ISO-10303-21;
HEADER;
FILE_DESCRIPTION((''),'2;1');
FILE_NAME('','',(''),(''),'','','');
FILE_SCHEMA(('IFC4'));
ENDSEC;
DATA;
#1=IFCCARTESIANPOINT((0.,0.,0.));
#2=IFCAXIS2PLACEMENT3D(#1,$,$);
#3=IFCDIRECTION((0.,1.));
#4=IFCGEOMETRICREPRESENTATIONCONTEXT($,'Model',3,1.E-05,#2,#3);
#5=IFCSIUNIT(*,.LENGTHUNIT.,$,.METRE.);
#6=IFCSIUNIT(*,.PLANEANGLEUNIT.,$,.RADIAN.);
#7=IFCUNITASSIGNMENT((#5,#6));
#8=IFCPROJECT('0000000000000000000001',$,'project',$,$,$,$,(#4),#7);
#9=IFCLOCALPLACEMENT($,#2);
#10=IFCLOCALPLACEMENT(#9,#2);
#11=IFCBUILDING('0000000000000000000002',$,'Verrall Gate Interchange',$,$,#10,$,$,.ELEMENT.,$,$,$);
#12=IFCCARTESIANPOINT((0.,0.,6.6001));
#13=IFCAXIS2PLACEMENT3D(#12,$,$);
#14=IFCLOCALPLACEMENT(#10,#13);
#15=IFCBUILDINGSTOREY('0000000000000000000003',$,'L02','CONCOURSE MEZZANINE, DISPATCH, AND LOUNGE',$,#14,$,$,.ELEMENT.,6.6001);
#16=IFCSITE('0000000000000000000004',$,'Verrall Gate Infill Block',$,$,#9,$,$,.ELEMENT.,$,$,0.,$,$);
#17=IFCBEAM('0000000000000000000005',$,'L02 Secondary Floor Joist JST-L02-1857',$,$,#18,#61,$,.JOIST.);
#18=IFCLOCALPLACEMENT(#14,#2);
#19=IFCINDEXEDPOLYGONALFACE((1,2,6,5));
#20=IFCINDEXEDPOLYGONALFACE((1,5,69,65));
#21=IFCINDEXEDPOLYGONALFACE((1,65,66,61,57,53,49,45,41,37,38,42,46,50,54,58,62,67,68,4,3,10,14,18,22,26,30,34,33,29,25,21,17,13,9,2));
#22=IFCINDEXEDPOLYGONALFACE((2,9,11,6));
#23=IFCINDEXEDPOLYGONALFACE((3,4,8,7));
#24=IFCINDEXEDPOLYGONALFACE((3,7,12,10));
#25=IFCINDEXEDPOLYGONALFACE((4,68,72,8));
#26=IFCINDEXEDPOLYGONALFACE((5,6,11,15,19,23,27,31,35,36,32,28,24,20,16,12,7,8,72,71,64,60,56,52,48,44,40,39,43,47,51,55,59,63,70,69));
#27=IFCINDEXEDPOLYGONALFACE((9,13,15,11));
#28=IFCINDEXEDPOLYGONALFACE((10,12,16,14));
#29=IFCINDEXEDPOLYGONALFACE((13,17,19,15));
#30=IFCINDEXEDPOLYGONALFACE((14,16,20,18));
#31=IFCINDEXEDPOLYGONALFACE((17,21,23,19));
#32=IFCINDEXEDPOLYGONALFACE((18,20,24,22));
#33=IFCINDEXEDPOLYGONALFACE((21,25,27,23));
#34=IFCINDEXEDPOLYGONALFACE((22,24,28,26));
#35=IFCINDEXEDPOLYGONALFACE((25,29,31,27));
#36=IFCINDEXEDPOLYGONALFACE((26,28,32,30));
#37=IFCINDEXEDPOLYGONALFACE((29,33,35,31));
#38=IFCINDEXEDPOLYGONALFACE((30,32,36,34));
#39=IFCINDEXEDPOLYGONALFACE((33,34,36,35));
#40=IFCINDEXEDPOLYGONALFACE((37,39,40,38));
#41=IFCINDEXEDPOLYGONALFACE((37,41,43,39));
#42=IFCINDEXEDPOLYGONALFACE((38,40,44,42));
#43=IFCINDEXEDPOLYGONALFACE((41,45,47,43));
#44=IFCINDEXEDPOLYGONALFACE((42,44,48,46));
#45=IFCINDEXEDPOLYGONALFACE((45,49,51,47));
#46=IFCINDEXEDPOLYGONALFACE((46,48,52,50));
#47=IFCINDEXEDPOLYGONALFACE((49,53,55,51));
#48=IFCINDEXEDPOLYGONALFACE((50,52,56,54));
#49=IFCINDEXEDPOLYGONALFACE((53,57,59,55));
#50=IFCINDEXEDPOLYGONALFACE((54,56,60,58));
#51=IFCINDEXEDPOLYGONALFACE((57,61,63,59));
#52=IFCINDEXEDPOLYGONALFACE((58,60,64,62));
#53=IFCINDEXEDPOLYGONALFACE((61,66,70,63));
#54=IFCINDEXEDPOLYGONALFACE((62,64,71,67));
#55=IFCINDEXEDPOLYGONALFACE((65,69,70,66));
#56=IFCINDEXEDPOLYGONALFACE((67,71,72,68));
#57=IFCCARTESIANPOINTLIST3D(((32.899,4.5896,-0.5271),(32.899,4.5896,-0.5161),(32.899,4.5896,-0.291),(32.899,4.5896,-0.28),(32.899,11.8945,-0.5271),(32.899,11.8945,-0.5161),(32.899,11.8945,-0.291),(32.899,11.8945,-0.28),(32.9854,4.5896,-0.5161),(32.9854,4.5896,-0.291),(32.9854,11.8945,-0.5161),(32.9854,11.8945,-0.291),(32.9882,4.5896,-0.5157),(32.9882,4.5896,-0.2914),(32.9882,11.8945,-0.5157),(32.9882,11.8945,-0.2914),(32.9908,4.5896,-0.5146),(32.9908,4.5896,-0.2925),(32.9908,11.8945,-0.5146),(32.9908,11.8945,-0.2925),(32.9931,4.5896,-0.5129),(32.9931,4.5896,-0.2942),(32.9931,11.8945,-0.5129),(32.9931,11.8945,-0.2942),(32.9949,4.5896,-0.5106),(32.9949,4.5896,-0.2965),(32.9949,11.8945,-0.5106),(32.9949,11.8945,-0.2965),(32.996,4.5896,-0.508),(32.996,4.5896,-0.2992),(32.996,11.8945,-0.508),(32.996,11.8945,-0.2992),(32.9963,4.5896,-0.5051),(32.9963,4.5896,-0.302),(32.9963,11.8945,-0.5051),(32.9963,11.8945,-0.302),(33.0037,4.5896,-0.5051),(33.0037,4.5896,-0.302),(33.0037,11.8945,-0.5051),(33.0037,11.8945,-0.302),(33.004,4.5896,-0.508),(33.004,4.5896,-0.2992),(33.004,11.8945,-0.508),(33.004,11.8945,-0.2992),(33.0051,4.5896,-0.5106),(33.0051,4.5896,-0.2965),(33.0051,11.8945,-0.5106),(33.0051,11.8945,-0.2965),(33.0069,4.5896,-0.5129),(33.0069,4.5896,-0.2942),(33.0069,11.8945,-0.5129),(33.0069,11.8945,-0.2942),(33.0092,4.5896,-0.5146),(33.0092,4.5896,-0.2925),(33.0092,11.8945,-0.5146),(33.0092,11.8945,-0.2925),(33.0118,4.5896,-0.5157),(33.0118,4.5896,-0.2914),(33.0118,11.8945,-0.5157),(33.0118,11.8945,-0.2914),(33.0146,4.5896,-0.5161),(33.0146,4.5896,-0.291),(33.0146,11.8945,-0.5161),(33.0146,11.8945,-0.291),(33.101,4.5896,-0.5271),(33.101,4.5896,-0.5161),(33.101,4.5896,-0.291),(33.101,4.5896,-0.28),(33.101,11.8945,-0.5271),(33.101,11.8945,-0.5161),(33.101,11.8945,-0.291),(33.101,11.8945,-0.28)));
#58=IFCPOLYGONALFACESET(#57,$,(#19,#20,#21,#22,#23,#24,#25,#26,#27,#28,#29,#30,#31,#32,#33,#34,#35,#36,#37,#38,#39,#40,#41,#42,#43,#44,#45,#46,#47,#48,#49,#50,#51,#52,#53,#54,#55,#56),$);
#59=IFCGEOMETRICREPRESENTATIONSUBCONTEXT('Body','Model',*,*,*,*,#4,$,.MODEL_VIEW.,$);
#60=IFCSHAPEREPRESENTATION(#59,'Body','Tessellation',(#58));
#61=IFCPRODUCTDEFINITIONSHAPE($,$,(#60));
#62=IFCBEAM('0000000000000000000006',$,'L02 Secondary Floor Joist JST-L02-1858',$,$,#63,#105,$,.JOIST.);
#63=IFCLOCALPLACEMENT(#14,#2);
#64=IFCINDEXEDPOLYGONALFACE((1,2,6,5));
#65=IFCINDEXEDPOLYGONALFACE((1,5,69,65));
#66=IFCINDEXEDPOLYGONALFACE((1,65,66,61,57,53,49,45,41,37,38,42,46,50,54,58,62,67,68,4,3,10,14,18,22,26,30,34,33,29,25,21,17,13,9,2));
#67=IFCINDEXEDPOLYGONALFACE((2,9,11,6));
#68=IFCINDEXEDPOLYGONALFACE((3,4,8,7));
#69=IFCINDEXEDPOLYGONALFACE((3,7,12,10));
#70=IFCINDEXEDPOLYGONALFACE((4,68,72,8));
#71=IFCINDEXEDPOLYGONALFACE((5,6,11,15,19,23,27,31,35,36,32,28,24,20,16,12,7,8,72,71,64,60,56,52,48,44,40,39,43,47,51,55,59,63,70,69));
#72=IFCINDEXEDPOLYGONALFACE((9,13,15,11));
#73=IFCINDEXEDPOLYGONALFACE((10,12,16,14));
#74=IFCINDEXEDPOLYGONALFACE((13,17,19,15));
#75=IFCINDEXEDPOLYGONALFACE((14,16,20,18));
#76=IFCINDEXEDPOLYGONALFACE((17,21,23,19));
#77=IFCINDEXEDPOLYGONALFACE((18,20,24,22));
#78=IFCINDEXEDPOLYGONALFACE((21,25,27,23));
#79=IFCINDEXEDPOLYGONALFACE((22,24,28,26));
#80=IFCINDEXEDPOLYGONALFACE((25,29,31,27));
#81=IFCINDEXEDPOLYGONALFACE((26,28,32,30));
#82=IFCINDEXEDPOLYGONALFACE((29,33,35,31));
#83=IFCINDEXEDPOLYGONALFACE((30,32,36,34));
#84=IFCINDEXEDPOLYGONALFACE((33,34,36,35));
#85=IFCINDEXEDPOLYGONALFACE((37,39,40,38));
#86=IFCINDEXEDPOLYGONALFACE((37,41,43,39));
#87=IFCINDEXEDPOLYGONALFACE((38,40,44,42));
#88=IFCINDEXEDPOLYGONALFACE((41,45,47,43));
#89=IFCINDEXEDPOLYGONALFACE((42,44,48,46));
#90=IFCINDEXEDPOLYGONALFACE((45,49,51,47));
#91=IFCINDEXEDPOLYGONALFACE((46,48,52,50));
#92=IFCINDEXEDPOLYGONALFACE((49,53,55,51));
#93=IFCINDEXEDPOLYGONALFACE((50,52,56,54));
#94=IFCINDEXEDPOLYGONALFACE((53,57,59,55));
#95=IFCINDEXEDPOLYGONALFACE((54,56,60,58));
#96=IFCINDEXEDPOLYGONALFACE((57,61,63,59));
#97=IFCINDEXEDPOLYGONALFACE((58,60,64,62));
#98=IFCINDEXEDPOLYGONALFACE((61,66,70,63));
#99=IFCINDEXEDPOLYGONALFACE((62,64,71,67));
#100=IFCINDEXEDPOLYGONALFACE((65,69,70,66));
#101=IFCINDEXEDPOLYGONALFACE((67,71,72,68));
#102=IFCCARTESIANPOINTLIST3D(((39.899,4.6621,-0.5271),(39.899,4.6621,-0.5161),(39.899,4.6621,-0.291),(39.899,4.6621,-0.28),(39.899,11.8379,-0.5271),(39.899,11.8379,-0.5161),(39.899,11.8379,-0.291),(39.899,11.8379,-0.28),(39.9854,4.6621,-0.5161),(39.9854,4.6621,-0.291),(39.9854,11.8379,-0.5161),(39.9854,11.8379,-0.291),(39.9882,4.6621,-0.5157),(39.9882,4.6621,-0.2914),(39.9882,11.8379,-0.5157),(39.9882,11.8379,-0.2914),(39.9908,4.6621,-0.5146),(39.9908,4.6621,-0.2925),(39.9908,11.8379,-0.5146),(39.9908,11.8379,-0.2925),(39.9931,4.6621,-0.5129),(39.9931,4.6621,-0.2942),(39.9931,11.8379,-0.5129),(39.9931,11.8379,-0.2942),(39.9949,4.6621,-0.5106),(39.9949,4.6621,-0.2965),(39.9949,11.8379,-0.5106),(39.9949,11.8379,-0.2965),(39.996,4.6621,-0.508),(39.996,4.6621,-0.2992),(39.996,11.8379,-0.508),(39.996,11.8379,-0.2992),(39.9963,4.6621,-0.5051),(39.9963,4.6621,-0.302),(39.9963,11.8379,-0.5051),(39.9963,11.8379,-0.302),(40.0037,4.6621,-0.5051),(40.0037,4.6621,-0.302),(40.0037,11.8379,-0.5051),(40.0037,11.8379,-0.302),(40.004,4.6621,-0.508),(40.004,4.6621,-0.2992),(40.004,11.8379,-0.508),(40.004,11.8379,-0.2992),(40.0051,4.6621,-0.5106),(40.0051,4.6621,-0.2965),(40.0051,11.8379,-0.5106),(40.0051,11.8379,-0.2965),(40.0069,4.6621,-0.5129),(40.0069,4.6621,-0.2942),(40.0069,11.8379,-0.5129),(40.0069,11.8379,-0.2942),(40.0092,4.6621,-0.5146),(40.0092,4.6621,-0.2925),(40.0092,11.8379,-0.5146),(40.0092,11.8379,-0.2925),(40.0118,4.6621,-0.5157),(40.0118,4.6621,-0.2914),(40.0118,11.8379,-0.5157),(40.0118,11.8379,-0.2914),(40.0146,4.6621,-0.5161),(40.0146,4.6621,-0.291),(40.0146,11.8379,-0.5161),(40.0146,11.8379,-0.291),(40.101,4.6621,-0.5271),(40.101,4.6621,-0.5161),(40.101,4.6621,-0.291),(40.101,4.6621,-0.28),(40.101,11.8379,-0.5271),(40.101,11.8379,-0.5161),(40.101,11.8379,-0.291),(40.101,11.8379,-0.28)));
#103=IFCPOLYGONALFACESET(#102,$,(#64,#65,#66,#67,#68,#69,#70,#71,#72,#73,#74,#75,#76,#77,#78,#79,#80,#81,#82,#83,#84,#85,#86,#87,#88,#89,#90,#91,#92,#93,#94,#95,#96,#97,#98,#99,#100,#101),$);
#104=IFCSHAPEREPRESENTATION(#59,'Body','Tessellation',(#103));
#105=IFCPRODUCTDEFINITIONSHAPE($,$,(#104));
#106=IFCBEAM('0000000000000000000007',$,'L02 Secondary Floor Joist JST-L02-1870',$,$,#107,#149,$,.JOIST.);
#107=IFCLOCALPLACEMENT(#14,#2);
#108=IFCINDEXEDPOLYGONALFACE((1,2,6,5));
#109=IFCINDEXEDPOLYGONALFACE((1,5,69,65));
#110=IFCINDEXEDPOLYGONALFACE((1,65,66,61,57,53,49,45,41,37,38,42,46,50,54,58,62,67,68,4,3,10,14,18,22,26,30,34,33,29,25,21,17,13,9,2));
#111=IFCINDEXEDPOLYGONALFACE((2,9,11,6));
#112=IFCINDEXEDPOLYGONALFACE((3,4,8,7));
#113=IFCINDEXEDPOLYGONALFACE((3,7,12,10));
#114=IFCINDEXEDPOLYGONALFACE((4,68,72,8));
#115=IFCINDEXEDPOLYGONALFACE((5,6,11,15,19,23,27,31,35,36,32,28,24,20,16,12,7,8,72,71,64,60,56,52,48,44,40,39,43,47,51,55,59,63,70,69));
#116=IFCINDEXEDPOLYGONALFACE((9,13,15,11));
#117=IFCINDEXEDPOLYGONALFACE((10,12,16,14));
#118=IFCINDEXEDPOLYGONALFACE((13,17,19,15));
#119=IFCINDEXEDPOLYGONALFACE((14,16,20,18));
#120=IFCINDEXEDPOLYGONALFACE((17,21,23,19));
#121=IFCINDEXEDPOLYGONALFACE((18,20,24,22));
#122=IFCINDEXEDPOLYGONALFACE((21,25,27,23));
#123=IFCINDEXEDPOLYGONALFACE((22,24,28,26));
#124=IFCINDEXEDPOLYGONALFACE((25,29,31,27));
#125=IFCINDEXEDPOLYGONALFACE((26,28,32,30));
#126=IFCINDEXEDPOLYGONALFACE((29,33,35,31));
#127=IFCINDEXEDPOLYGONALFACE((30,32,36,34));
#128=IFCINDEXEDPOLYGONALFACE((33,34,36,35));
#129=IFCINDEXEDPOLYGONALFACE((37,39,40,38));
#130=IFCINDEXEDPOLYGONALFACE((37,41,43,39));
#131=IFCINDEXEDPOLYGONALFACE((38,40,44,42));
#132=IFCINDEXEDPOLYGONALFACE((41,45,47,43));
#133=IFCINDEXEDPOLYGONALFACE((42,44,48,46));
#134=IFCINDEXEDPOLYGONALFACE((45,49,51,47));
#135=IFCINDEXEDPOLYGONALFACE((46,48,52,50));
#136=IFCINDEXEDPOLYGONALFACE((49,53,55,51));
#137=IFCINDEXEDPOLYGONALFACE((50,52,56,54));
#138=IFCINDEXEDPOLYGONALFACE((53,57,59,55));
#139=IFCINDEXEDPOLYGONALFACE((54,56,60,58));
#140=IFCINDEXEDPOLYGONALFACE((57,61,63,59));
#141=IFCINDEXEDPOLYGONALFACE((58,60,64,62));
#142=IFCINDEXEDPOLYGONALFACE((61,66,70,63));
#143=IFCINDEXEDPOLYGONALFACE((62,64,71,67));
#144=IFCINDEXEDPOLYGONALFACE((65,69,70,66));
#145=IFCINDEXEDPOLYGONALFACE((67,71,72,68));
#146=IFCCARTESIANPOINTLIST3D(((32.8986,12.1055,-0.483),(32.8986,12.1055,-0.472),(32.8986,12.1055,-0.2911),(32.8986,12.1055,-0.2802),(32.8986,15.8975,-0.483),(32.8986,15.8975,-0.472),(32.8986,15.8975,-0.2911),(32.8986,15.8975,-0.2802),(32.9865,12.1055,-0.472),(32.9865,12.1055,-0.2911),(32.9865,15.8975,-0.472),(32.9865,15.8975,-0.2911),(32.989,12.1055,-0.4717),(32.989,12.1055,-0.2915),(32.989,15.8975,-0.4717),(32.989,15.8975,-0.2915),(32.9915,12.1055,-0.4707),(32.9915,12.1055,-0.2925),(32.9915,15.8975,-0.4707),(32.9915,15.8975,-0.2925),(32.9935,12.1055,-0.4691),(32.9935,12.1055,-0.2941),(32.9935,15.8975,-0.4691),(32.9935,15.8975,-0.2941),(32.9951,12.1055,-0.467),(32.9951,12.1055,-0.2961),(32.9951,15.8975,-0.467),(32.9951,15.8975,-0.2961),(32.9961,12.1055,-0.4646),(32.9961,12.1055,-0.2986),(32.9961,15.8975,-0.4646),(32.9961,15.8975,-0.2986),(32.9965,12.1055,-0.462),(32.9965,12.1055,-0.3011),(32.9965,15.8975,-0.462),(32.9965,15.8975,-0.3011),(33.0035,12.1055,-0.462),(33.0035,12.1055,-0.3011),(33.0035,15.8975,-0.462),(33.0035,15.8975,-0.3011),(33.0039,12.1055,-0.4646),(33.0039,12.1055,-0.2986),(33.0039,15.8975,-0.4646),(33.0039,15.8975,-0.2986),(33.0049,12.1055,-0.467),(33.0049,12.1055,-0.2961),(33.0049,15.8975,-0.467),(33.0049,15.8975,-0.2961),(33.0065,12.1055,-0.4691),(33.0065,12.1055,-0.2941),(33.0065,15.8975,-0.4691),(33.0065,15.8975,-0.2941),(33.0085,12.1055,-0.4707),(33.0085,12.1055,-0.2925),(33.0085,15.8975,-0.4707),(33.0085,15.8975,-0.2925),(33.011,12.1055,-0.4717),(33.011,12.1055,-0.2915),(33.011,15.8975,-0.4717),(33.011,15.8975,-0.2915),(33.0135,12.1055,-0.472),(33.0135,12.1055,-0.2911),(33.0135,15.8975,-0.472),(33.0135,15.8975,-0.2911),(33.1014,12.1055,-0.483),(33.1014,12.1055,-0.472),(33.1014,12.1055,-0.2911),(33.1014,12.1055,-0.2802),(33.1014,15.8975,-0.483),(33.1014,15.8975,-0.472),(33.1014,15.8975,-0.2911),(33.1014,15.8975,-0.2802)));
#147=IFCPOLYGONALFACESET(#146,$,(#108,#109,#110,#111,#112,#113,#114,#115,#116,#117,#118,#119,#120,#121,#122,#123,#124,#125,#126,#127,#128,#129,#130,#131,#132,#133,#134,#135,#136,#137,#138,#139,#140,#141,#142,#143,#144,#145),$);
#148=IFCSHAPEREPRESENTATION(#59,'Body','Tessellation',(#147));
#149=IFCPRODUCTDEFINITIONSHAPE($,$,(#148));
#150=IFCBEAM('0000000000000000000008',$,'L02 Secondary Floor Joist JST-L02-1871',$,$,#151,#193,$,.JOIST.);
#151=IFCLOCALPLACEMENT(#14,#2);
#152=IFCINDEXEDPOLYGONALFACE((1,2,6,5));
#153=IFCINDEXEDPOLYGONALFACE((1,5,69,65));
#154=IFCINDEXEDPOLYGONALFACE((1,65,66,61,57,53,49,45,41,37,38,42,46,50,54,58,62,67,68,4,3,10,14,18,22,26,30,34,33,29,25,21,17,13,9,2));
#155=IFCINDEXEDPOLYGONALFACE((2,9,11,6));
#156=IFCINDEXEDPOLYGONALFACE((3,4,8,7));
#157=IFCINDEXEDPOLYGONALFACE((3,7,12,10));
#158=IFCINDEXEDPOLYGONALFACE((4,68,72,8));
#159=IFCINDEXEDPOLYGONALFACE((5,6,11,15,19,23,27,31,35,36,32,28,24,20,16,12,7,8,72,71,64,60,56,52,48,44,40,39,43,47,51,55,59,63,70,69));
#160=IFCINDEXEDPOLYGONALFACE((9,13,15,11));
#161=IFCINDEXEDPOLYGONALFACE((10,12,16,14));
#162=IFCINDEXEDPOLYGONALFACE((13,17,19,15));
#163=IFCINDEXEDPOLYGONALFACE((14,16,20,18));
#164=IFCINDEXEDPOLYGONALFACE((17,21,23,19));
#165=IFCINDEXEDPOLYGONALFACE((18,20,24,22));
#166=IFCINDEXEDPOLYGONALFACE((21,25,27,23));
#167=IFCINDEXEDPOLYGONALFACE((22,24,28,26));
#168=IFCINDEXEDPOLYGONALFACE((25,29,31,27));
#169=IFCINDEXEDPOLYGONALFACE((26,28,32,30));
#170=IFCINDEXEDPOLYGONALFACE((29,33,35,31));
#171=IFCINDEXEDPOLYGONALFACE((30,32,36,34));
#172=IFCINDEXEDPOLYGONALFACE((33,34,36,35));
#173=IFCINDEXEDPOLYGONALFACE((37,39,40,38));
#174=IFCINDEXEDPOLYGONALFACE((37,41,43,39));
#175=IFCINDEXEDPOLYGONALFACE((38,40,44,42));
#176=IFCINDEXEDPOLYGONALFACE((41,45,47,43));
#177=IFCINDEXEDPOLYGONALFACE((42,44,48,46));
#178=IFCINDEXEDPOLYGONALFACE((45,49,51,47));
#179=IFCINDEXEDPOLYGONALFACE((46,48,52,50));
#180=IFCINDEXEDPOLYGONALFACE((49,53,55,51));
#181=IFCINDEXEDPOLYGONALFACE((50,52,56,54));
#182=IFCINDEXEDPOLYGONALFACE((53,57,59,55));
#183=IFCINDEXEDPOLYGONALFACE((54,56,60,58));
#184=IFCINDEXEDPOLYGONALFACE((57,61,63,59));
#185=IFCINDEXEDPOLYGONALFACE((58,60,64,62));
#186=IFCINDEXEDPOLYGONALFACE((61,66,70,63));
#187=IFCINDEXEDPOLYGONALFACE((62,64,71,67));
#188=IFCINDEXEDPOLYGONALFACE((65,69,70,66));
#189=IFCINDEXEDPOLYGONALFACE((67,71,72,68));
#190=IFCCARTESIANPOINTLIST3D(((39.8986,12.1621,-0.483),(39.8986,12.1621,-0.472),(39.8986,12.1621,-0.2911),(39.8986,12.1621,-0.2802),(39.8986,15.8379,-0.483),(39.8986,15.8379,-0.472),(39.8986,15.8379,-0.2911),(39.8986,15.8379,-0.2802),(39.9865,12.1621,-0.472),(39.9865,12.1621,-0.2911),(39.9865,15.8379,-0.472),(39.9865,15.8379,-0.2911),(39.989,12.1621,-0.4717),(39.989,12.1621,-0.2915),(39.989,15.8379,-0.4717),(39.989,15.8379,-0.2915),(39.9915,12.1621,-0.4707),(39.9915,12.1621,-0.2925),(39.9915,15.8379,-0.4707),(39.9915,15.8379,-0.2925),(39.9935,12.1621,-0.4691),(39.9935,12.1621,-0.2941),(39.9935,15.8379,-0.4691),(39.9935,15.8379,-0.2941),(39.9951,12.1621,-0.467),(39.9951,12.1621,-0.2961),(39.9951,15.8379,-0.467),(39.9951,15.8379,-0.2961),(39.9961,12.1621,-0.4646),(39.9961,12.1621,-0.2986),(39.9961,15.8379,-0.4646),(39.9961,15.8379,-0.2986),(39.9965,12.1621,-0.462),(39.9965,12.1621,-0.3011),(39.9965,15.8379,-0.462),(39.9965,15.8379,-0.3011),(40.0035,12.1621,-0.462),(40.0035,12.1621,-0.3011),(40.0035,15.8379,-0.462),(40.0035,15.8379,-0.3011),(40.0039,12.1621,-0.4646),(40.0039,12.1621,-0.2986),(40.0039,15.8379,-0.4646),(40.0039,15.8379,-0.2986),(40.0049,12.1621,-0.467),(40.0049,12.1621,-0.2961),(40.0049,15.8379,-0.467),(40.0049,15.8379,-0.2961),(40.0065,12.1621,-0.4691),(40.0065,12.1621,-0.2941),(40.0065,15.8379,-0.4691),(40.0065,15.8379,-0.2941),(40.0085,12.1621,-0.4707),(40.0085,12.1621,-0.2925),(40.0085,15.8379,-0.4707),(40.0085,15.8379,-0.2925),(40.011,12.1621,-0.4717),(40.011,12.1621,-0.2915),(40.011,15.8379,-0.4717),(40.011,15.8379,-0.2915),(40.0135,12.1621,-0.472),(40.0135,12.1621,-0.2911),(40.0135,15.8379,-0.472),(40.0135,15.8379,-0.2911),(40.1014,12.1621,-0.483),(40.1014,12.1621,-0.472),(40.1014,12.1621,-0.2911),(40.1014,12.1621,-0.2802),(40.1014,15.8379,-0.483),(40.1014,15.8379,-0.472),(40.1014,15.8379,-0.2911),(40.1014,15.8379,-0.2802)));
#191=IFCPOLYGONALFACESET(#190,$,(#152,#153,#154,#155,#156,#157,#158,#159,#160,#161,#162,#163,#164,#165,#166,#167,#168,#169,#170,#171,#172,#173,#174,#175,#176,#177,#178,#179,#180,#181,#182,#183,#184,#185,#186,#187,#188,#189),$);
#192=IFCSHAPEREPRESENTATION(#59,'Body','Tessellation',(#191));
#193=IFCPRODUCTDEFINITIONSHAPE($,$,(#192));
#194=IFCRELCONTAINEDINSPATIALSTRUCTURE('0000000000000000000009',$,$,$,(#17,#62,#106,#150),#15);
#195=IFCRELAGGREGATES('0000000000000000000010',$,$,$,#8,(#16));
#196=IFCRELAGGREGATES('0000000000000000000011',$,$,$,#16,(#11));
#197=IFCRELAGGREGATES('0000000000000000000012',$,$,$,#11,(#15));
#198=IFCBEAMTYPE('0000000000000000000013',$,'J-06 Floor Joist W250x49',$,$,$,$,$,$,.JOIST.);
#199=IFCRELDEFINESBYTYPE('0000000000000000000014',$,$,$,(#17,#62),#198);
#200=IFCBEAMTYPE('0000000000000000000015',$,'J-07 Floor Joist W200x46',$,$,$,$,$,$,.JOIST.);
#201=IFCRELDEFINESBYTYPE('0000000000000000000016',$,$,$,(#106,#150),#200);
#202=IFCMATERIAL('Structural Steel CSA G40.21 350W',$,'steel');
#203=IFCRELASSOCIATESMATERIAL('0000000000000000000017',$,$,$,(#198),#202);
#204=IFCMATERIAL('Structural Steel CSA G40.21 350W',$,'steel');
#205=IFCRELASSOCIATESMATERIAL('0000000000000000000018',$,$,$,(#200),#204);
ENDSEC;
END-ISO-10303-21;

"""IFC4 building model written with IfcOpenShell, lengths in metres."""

from ifc_helpers import new_model, si_unit, direction, frame, origin, origin_2d, place, context, subcontext, project, spatial, i_section, extrude, material, material_profile, profile_set, type_object, element, save


model = new_model("IFC4")

# Units and contexts
model_context = context("Model", 3, precision=1e-05, world=origin(), true_north=direction((0.0, 1.0)))
body_context = subcontext(model_context, "Body", "Model", "MODEL_VIEW")
ifc_project = project(units=[si_unit("LENGTHUNIT", "METRE"), si_unit("PLANEANGLEUNIT", "RADIAN")], contexts=[model_context])

# Site, building, storey
site_placement = place(None, origin())
site = spatial("IfcSite", under=ifc_project, at=site_placement, Name="Verrall Gate Infill Block", CompositionType="ELEMENT", RefElevation=0.0)
building_placement = place(site_placement, origin())
building = spatial("IfcBuilding", under=site, at=building_placement, Name="Verrall Gate Interchange", CompositionType="ELEMENT")
storey_placement = place(building_placement, frame((0.0, 0.0, 6.6001)))
storey = spatial("IfcBuildingStorey", under=building, at=storey_placement, Name="L02", Description="CONCOURSE MEZZANINE, DISPATCH, AND LOUNGE", CompositionType="ELEMENT", Elevation=6.6001)

# Beams
ifc_material_1 = material(Name="Structural Steel CSA G40.21 350W", Category="steel")
ifc_material_profile_1 = material_profile(ifc_material_1, i_section(OverallWidth=0.2019, OverallDepth=0.2471, WebThickness=0.0073, FlangeThickness=0.011, FilletRadius=0.011, at=origin_2d()), Name="W250x49")
ifc_profile_set_1 = profile_set([ifc_material_profile_1], Name="Structural Steel CSA G40.21 350W")
beam_type_1 = type_object("IfcBeamType", Name="J-06 Floor Joist W250x49", PredefinedType="JOIST", material=ifc_profile_set_1)
beam_1_placement = place(storey_placement, frame((33.0, 4.5896, -0.4036), z_axis=(0.0, 1.0, 0.0), x_axis=(-1.0, 0.0, 0.0)))
element("IfcBeam", 1, at=beam_1_placement, inside=storey, type_object=beam_type_1, Name="L02 Secondary Floor Joist JST-L02-1857", PredefinedType="JOIST", context=body_context, shape_type="SweptSolid", body=[
    extrude(i_section(OverallWidth=0.2019, OverallDepth=0.2471, WebThickness=0.0073, FlangeThickness=0.011, FilletRadius=0.011, at=origin_2d()), origin(), (0.0, 0.0, 1.0), 7.3049),
])
beam_2_placement = place(storey_placement, frame((40.0, 4.6621, -0.4036), z_axis=(0.0, 1.0, 0.0), x_axis=(-1.0, 0.0, 0.0)))
element("IfcBeam", 2, at=beam_2_placement, inside=storey, type_object=beam_type_1, Name="L02 Secondary Floor Joist JST-L02-1858", PredefinedType="JOIST", context=body_context, shape_type="SweptSolid", body=[
    extrude(i_section(OverallWidth=0.2019, OverallDepth=0.2471, WebThickness=0.0073, FlangeThickness=0.011, FilletRadius=0.011, at=origin_2d()), origin(), (0.0, 0.0, 1.0), 7.1758),
])
ifc_material_2 = material(Name="Structural Steel CSA G40.21 350W", Category="steel")
ifc_material_profile_2 = material_profile(ifc_material_2, i_section(OverallWidth=0.2029, OverallDepth=0.2029, WebThickness=0.0071, FlangeThickness=0.011, FilletRadius=0.01, at=origin_2d()), Name="W200x46")
ifc_profile_set_2 = profile_set([ifc_material_profile_2], Name="Structural Steel CSA G40.21 350W")
beam_type_2 = type_object("IfcBeamType", Name="J-07 Floor Joist W200x46", PredefinedType="JOIST", material=ifc_profile_set_2)
beam_3_placement = place(storey_placement, frame((33.0, 12.1055, -0.3816), z_axis=(0.0, 1.0, 0.0), x_axis=(-1.0, 0.0, 0.0)))
element("IfcBeam", 3, at=beam_3_placement, inside=storey, type_object=beam_type_2, Name="L02 Secondary Floor Joist JST-L02-1870", PredefinedType="JOIST", context=body_context, shape_type="SweptSolid", body=[
    extrude(i_section(OverallWidth=0.2029, OverallDepth=0.2029, WebThickness=0.0071, FlangeThickness=0.011, FilletRadius=0.01, at=origin_2d()), origin(), (0.0, 0.0, 1.0), 3.792),
])
beam_4_placement = place(storey_placement, frame((40.0, 12.1621, -0.3816), z_axis=(0.0, 1.0, 0.0), x_axis=(-1.0, 0.0, 0.0)))
element("IfcBeam", 4, at=beam_4_placement, inside=storey, type_object=beam_type_2, Name="L02 Secondary Floor Joist JST-L02-1871", PredefinedType="JOIST", context=body_context, shape_type="SweptSolid", body=[
    extrude(i_section(OverallWidth=0.2029, OverallDepth=0.2029, WebThickness=0.0071, FlangeThickness=0.011, FilletRadius=0.01, at=origin_2d()), origin(), (0.0, 0.0, 1.0), 3.6758),
])

save(model, "model.ifc")
